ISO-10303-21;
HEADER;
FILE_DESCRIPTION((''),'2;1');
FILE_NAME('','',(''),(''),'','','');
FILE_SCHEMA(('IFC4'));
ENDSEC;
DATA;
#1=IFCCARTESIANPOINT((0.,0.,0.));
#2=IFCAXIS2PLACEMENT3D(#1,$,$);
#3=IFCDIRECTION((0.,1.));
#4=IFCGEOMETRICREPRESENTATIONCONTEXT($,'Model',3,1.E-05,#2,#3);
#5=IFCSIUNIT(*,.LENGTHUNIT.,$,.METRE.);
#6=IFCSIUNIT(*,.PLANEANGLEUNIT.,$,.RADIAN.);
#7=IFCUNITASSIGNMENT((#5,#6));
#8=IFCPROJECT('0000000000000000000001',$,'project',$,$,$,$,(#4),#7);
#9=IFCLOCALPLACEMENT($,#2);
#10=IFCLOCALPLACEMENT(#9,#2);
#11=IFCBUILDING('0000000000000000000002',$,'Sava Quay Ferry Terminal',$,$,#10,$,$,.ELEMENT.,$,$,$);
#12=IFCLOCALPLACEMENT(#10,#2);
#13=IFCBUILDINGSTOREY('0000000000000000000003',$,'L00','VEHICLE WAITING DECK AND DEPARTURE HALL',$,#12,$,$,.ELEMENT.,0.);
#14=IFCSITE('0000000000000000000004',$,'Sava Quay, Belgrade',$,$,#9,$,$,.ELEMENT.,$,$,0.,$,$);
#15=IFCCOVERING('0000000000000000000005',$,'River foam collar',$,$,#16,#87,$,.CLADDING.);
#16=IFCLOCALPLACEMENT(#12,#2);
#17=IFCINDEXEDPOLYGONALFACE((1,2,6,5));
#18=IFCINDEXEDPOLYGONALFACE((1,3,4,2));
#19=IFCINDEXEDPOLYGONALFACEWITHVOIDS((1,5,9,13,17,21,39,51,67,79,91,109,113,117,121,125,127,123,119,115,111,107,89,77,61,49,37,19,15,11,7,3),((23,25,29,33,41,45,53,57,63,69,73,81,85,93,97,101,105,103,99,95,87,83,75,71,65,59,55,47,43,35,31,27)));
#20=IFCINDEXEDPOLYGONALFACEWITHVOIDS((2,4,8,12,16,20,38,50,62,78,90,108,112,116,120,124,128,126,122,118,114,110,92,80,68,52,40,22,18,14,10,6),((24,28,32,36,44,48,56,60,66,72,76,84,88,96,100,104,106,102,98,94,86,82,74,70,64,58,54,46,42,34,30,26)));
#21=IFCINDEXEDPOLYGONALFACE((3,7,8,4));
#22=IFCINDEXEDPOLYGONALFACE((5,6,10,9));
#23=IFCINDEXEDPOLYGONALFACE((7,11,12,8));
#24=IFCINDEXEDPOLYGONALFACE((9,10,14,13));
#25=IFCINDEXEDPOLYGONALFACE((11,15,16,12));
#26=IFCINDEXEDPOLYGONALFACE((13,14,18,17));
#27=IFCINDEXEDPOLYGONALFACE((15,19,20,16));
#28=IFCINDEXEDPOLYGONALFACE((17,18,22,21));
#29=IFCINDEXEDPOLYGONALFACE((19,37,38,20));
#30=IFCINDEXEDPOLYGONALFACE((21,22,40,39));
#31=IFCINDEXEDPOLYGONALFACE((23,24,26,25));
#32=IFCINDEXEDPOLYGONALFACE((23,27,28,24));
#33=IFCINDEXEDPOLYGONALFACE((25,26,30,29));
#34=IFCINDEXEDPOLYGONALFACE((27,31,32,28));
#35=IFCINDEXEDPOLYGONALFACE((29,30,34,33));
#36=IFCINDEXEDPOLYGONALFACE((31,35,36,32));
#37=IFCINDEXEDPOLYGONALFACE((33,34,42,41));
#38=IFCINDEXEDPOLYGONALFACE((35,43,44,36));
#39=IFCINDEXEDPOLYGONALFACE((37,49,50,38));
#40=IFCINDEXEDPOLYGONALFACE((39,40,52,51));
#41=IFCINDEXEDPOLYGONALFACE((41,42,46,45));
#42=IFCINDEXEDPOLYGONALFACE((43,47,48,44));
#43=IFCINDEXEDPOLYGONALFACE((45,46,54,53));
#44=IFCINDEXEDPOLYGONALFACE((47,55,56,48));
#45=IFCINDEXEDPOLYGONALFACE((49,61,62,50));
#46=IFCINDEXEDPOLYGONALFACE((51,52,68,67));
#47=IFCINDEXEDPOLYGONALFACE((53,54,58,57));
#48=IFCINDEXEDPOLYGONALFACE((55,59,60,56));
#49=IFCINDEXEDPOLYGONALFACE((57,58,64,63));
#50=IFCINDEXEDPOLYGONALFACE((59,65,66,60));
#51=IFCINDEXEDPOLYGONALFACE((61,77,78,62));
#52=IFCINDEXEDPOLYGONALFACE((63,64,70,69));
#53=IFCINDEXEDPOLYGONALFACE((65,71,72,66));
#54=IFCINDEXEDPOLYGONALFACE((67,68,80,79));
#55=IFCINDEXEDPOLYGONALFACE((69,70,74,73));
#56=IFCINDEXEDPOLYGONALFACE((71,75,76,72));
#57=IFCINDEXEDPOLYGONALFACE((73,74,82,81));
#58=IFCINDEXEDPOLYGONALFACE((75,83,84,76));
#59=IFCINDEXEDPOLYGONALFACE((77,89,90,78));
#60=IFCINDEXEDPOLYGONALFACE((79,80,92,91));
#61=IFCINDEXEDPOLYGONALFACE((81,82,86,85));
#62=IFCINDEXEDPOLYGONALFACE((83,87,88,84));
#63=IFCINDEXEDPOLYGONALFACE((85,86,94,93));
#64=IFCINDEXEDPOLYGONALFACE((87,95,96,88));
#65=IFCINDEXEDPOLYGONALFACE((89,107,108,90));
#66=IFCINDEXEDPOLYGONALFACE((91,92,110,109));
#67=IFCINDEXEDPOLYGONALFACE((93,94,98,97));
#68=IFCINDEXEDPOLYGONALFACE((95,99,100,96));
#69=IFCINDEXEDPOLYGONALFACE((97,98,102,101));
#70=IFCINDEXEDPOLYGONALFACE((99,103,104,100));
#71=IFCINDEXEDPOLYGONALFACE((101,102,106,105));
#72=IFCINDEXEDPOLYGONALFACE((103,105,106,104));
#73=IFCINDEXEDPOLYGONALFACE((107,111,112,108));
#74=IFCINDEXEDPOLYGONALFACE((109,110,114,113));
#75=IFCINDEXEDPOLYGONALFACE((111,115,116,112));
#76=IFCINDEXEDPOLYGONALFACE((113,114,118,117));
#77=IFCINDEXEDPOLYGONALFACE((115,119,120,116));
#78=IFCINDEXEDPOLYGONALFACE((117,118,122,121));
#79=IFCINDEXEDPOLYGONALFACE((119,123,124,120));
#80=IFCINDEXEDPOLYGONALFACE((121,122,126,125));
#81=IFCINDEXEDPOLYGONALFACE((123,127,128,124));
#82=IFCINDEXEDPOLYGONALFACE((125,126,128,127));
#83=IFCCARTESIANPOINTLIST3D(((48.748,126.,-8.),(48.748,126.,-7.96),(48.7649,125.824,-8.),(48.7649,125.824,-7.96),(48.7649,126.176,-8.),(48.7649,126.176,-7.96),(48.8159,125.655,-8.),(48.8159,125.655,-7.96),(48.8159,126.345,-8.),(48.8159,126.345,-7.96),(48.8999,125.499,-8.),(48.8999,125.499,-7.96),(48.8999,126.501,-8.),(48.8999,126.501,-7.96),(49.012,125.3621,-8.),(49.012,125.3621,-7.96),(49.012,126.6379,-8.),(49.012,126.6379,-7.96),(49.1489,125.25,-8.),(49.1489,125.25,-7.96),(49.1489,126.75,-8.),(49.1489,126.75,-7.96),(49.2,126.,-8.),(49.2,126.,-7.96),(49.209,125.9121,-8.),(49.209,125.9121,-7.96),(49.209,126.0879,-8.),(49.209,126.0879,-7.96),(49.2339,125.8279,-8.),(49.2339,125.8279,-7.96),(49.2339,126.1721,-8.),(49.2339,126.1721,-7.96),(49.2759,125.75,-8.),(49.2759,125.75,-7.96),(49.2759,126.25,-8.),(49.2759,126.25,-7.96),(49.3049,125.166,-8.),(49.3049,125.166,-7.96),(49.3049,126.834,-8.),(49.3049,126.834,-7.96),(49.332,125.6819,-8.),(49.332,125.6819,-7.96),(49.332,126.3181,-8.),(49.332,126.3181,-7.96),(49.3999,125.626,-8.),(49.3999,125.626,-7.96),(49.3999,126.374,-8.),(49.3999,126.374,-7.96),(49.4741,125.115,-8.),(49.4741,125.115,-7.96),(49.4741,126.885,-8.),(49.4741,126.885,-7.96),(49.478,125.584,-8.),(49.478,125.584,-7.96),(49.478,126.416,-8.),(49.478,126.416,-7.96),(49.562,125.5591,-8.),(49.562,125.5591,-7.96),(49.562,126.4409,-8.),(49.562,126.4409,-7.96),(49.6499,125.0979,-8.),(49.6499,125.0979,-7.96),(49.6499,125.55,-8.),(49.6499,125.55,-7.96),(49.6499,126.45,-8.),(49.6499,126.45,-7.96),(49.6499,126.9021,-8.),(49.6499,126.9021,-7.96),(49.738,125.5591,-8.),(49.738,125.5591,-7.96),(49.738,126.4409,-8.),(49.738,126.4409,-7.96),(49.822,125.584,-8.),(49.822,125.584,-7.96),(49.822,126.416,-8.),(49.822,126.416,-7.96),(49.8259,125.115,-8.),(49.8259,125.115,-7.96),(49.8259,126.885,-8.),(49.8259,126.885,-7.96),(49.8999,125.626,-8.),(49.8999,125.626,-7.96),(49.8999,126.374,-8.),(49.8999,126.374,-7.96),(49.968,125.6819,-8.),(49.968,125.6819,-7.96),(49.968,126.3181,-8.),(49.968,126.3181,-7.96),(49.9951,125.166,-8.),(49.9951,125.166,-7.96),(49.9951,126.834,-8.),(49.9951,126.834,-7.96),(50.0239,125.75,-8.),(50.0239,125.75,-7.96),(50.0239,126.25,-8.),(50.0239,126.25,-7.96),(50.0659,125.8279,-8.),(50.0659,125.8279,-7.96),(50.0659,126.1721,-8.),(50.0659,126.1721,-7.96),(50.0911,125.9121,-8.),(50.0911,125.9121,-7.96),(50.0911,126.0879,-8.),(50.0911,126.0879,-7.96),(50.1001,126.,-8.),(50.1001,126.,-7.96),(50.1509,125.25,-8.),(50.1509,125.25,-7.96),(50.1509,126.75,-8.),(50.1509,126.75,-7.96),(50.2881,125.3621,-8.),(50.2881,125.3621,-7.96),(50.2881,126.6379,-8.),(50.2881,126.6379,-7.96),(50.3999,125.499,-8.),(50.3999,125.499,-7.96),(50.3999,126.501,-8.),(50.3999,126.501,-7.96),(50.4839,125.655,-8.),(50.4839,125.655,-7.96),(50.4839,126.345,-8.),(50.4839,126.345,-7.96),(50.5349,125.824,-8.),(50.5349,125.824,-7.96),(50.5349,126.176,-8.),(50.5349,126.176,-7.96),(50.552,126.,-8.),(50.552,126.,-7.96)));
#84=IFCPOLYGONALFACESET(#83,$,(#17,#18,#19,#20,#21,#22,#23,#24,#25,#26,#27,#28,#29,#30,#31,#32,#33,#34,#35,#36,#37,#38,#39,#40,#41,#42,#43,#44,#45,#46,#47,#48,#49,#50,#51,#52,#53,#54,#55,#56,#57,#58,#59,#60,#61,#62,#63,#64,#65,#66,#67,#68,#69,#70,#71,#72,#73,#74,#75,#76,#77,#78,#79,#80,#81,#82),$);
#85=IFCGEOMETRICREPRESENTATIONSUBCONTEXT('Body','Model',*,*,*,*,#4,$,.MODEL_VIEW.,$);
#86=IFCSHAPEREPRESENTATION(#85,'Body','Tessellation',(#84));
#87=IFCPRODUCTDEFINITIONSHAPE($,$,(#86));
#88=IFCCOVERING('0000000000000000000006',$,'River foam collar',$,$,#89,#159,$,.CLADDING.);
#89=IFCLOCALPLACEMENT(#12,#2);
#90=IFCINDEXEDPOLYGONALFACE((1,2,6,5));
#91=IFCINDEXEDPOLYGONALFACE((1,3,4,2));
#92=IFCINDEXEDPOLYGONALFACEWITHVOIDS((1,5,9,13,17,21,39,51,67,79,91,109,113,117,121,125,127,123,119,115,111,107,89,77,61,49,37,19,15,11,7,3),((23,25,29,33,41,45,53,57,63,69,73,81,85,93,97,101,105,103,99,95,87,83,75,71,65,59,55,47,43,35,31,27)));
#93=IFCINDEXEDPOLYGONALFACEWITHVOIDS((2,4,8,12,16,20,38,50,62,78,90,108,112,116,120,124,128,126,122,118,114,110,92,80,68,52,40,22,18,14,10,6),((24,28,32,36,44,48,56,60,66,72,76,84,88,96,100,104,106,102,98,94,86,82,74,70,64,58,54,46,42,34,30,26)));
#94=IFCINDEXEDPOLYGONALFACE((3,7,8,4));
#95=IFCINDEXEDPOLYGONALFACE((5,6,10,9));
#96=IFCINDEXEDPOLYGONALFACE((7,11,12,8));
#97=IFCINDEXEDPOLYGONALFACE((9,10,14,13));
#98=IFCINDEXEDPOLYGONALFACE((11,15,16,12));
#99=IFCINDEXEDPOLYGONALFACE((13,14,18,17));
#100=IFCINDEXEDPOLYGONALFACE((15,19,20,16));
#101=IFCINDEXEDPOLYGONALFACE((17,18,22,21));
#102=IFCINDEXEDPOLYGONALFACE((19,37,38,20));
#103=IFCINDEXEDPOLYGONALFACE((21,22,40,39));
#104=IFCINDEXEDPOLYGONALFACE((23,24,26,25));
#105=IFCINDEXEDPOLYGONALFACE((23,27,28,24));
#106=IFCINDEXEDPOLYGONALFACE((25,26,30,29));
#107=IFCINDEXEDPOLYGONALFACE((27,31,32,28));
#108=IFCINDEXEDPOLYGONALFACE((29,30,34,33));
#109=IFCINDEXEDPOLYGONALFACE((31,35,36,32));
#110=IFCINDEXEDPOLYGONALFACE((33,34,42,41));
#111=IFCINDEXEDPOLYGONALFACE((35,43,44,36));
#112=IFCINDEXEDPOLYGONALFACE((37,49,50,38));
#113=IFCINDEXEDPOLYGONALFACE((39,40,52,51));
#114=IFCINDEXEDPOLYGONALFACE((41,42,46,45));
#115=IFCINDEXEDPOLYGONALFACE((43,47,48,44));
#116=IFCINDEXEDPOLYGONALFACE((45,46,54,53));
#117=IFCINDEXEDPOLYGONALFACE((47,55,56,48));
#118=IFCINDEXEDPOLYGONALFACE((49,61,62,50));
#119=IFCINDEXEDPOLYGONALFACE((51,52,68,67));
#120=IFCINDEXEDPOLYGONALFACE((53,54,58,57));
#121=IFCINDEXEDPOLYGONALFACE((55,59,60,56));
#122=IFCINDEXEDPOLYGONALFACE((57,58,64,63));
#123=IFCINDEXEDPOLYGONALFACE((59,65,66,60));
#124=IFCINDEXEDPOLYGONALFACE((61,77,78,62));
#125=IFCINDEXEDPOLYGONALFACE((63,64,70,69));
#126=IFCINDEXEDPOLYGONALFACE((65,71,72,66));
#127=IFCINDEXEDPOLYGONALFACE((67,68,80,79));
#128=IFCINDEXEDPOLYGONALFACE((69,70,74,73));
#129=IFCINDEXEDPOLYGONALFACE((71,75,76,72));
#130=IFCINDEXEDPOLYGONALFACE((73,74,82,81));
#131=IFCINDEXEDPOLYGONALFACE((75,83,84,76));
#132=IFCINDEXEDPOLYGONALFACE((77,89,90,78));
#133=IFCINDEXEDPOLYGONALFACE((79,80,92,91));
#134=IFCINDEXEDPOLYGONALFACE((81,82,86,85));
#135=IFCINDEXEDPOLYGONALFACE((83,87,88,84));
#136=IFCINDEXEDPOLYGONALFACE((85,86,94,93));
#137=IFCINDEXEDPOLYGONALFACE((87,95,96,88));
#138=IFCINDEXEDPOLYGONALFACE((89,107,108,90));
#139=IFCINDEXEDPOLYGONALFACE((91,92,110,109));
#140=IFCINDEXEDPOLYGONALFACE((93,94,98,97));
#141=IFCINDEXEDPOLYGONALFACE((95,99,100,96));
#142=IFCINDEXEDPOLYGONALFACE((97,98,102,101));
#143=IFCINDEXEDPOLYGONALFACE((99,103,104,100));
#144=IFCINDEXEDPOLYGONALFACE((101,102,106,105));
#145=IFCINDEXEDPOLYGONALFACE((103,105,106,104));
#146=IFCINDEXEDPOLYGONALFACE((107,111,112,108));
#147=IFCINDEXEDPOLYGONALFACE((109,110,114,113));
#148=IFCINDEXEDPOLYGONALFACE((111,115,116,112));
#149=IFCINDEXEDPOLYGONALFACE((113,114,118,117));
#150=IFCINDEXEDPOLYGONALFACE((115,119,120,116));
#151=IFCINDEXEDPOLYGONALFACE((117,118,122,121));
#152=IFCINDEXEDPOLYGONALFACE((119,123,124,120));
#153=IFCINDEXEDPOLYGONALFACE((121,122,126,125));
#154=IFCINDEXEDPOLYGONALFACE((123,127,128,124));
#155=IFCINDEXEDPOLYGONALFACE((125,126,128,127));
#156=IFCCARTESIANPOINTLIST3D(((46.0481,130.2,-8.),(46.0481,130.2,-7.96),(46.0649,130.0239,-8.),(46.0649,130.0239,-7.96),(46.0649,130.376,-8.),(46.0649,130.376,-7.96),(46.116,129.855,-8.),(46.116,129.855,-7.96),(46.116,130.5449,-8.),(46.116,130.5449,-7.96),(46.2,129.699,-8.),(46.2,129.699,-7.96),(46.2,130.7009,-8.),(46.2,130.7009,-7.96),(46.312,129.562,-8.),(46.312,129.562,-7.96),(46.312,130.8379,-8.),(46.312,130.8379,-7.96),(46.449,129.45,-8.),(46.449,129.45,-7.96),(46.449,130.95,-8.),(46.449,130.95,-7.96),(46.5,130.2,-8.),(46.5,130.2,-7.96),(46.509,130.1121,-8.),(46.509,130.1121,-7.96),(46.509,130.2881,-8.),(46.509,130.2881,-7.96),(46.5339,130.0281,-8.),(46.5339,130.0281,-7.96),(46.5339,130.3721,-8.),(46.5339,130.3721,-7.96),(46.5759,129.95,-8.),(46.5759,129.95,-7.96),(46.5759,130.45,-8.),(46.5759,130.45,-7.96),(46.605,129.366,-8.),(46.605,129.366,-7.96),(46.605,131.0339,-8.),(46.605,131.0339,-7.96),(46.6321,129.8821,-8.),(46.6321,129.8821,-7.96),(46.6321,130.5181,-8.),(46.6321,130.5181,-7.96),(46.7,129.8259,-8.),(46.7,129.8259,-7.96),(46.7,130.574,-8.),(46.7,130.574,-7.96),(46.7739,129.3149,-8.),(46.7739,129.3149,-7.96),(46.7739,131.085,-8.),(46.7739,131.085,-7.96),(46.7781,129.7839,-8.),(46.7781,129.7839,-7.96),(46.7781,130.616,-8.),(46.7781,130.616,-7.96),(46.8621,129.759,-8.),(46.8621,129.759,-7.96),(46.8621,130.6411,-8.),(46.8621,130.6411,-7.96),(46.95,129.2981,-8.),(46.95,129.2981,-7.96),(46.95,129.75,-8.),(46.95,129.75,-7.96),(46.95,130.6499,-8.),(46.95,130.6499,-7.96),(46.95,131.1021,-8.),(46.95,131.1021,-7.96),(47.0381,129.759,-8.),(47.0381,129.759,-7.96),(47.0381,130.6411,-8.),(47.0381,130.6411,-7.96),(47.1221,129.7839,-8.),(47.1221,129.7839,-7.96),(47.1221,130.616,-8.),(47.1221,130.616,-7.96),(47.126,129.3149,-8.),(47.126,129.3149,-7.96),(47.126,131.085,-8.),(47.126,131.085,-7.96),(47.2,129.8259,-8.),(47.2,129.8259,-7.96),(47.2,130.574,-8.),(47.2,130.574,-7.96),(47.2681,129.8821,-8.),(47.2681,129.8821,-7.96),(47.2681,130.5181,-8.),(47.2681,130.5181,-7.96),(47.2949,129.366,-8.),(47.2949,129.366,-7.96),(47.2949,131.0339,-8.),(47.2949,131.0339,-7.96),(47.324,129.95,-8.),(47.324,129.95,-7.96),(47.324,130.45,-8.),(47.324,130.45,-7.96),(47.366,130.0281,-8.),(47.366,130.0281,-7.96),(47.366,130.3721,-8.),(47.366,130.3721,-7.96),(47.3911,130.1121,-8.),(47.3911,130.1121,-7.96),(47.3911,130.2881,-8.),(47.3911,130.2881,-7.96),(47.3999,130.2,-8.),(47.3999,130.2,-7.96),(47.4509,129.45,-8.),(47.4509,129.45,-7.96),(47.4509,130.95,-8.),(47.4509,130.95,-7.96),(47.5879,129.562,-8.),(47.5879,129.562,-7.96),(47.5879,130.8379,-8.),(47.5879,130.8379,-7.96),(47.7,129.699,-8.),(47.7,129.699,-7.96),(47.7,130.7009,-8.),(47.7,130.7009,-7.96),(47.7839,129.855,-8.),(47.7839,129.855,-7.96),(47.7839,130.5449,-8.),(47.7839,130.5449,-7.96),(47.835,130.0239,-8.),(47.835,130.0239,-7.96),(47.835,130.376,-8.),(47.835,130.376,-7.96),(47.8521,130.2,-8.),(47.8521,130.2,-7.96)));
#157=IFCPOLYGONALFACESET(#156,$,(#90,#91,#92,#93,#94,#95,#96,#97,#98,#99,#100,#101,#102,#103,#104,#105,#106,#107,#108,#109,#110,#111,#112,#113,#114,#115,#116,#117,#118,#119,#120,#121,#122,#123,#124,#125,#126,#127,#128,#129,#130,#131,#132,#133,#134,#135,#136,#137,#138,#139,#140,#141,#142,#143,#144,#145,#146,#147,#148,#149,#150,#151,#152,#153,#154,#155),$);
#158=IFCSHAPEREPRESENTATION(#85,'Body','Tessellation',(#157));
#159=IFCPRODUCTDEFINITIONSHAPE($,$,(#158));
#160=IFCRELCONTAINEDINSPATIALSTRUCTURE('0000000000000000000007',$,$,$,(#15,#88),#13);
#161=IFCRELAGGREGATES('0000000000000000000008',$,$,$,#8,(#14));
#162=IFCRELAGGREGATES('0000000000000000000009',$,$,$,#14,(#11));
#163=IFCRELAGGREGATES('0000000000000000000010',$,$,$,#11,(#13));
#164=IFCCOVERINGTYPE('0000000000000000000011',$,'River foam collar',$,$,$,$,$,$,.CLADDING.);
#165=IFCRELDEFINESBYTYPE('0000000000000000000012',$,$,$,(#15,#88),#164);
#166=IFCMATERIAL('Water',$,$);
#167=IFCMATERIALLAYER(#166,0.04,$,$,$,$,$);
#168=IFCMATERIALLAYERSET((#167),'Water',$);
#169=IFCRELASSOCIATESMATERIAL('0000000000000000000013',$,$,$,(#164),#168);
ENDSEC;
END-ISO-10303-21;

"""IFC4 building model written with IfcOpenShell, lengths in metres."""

from ifc_helpers import new_model, si_unit, direction, frame, origin, place, context, subcontext, project, spatial, polyline, outline, extrude, material, layer, layer_set, type_object, element, save


model = new_model("IFC4")

# Units and contexts
model_context = context("Model", 3, precision=1e-05, world=origin(), true_north=direction((0.0, 1.0)))
body_context = subcontext(model_context, "Body", "Model", "MODEL_VIEW")
ifc_project = project(units=[si_unit("LENGTHUNIT", "METRE"), si_unit("PLANEANGLEUNIT", "RADIAN")], contexts=[model_context])

# Site, building, storey
site_placement = place(None, origin())
site = spatial("IfcSite", under=ifc_project, at=site_placement, Name="Sava Quay, Belgrade", CompositionType="ELEMENT", RefElevation=0.0)
building_placement = place(site_placement, origin())
building = spatial("IfcBuilding", under=site, at=building_placement, Name="Sava Quay Ferry Terminal", CompositionType="ELEMENT")
storey_placement = place(building_placement, origin())
storey = spatial("IfcBuildingStorey", under=building, at=storey_placement, Name="L00", Description="VEHICLE WAITING DECK AND DEPARTURE HALL", CompositionType="ELEMENT", Elevation=0.0)

# Coverings
ifc_material_1 = material(Name="Water")
ifc_layer_1 = layer(ifc_material_1, 0.04)
ifc_layer_set_1 = layer_set([ifc_layer_1], Name="Water")
covering_type_1 = type_object("IfcCoveringType", Name="River foam collar", PredefinedType="CLADDING", material=ifc_layer_set_1)
covering_1_placement = place(storey_placement, frame((0.0, 0.0, -8.0)))
element("IfcCovering", 1, at=covering_1_placement, inside=storey, type_object=covering_type_1, Name="River foam collar", PredefinedType="CLADDING", context=body_context, shape_type="SweptSolid", body=[
    extrude(outline(polyline([(49.012, 125.3621), (49.1489, 125.25), (49.3049, 125.166), (49.4741, 125.115), (49.6499, 125.0979), (49.8259, 125.115), (49.9951, 125.166), (50.1509, 125.25), (50.2881, 125.3621), (50.3999, 125.499), (50.4839, 125.655), (50.5349, 125.824), (50.552, 126.0), (50.5349, 126.176), (50.4839, 126.345), (50.3999, 126.501), (50.2881, 126.6379), (50.1509, 126.75), (49.9951, 126.834), (49.8259, 126.885), (49.6499, 126.9021), (49.4741, 126.885), (49.3049, 126.834), (49.1489, 126.75), (49.012, 126.6379), (48.8999, 126.501), (48.8159, 126.345), (48.7649, 126.176), (48.748, 126.0), (48.7649, 125.824), (48.8159, 125.655), (48.8999, 125.499), (49.012, 125.3621)]), holes=[polyline([(49.332, 126.3181), (49.3999, 126.374), (49.478, 126.416), (49.562, 126.4409), (49.6499, 126.45), (49.738, 126.4409), (49.822, 126.416), (49.8999, 126.374), (49.968, 126.3181), (50.0239, 126.25), (50.0659, 126.1721), (50.0911, 126.0879), (50.1001, 126.0), (50.0911, 125.9121), (50.0659, 125.8279), (50.0239, 125.75), (49.968, 125.6819), (49.8999, 125.626), (49.822, 125.584), (49.738, 125.5591), (49.6499, 125.55), (49.562, 125.5591), (49.478, 125.584), (49.3999, 125.626), (49.332, 125.6819), (49.2759, 125.75), (49.2339, 125.8279), (49.209, 125.9121), (49.2, 126.0), (49.209, 126.0879), (49.2339, 126.1721), (49.2759, 126.25), (49.332, 126.3181)])]), origin(), (0.0, 0.0, 1.0), 0.04),
])
covering_2_placement = place(storey_placement, frame((0.0, 0.0, -8.0)))
element("IfcCovering", 2, at=covering_2_placement, inside=storey, type_object=covering_type_1, Name="River foam collar", PredefinedType="CLADDING", context=body_context, shape_type="SweptSolid", body=[
    extrude(outline(polyline([(46.2, 129.699), (46.312, 129.562), (46.449, 129.45), (46.605, 129.366), (46.7739, 129.3149), (46.95, 129.2981), (47.126, 129.3149), (47.2949, 129.366), (47.4509, 129.45), (47.5879, 129.562), (47.7, 129.699), (47.7839, 129.855), (47.835, 130.0239), (47.8521, 130.2), (47.835, 130.376), (47.7839, 130.5449), (47.7, 130.7009), (47.5879, 130.8379), (47.4509, 130.95), (47.2949, 131.0339), (47.126, 131.085), (46.95, 131.1021), (46.7739, 131.085), (46.605, 131.0339), (46.449, 130.95), (46.312, 130.8379), (46.2, 130.7009), (46.116, 130.5449), (46.0649, 130.376), (46.0481, 130.2), (46.0649, 130.0239), (46.116, 129.855), (46.2, 129.699)]), holes=[polyline([(46.5759, 130.45), (46.6321, 130.5181), (46.7, 130.574), (46.7781, 130.616), (46.8621, 130.6411), (46.95, 130.6499), (47.0381, 130.6411), (47.1221, 130.616), (47.2, 130.574), (47.2681, 130.5181), (47.324, 130.45), (47.366, 130.3721), (47.3911, 130.2881), (47.3999, 130.2), (47.3911, 130.1121), (47.366, 130.0281), (47.324, 129.95), (47.2681, 129.8821), (47.2, 129.8259), (47.1221, 129.7839), (47.0381, 129.759), (46.95, 129.75), (46.8621, 129.759), (46.7781, 129.7839), (46.7, 129.8259), (46.6321, 129.8821), (46.5759, 129.95), (46.5339, 130.0281), (46.509, 130.1121), (46.5, 130.2), (46.509, 130.2881), (46.5339, 130.3721), (46.5759, 130.45)])]), origin(), (0.0, 0.0, 1.0), 0.04),
])

save(model, "model.ifc")
